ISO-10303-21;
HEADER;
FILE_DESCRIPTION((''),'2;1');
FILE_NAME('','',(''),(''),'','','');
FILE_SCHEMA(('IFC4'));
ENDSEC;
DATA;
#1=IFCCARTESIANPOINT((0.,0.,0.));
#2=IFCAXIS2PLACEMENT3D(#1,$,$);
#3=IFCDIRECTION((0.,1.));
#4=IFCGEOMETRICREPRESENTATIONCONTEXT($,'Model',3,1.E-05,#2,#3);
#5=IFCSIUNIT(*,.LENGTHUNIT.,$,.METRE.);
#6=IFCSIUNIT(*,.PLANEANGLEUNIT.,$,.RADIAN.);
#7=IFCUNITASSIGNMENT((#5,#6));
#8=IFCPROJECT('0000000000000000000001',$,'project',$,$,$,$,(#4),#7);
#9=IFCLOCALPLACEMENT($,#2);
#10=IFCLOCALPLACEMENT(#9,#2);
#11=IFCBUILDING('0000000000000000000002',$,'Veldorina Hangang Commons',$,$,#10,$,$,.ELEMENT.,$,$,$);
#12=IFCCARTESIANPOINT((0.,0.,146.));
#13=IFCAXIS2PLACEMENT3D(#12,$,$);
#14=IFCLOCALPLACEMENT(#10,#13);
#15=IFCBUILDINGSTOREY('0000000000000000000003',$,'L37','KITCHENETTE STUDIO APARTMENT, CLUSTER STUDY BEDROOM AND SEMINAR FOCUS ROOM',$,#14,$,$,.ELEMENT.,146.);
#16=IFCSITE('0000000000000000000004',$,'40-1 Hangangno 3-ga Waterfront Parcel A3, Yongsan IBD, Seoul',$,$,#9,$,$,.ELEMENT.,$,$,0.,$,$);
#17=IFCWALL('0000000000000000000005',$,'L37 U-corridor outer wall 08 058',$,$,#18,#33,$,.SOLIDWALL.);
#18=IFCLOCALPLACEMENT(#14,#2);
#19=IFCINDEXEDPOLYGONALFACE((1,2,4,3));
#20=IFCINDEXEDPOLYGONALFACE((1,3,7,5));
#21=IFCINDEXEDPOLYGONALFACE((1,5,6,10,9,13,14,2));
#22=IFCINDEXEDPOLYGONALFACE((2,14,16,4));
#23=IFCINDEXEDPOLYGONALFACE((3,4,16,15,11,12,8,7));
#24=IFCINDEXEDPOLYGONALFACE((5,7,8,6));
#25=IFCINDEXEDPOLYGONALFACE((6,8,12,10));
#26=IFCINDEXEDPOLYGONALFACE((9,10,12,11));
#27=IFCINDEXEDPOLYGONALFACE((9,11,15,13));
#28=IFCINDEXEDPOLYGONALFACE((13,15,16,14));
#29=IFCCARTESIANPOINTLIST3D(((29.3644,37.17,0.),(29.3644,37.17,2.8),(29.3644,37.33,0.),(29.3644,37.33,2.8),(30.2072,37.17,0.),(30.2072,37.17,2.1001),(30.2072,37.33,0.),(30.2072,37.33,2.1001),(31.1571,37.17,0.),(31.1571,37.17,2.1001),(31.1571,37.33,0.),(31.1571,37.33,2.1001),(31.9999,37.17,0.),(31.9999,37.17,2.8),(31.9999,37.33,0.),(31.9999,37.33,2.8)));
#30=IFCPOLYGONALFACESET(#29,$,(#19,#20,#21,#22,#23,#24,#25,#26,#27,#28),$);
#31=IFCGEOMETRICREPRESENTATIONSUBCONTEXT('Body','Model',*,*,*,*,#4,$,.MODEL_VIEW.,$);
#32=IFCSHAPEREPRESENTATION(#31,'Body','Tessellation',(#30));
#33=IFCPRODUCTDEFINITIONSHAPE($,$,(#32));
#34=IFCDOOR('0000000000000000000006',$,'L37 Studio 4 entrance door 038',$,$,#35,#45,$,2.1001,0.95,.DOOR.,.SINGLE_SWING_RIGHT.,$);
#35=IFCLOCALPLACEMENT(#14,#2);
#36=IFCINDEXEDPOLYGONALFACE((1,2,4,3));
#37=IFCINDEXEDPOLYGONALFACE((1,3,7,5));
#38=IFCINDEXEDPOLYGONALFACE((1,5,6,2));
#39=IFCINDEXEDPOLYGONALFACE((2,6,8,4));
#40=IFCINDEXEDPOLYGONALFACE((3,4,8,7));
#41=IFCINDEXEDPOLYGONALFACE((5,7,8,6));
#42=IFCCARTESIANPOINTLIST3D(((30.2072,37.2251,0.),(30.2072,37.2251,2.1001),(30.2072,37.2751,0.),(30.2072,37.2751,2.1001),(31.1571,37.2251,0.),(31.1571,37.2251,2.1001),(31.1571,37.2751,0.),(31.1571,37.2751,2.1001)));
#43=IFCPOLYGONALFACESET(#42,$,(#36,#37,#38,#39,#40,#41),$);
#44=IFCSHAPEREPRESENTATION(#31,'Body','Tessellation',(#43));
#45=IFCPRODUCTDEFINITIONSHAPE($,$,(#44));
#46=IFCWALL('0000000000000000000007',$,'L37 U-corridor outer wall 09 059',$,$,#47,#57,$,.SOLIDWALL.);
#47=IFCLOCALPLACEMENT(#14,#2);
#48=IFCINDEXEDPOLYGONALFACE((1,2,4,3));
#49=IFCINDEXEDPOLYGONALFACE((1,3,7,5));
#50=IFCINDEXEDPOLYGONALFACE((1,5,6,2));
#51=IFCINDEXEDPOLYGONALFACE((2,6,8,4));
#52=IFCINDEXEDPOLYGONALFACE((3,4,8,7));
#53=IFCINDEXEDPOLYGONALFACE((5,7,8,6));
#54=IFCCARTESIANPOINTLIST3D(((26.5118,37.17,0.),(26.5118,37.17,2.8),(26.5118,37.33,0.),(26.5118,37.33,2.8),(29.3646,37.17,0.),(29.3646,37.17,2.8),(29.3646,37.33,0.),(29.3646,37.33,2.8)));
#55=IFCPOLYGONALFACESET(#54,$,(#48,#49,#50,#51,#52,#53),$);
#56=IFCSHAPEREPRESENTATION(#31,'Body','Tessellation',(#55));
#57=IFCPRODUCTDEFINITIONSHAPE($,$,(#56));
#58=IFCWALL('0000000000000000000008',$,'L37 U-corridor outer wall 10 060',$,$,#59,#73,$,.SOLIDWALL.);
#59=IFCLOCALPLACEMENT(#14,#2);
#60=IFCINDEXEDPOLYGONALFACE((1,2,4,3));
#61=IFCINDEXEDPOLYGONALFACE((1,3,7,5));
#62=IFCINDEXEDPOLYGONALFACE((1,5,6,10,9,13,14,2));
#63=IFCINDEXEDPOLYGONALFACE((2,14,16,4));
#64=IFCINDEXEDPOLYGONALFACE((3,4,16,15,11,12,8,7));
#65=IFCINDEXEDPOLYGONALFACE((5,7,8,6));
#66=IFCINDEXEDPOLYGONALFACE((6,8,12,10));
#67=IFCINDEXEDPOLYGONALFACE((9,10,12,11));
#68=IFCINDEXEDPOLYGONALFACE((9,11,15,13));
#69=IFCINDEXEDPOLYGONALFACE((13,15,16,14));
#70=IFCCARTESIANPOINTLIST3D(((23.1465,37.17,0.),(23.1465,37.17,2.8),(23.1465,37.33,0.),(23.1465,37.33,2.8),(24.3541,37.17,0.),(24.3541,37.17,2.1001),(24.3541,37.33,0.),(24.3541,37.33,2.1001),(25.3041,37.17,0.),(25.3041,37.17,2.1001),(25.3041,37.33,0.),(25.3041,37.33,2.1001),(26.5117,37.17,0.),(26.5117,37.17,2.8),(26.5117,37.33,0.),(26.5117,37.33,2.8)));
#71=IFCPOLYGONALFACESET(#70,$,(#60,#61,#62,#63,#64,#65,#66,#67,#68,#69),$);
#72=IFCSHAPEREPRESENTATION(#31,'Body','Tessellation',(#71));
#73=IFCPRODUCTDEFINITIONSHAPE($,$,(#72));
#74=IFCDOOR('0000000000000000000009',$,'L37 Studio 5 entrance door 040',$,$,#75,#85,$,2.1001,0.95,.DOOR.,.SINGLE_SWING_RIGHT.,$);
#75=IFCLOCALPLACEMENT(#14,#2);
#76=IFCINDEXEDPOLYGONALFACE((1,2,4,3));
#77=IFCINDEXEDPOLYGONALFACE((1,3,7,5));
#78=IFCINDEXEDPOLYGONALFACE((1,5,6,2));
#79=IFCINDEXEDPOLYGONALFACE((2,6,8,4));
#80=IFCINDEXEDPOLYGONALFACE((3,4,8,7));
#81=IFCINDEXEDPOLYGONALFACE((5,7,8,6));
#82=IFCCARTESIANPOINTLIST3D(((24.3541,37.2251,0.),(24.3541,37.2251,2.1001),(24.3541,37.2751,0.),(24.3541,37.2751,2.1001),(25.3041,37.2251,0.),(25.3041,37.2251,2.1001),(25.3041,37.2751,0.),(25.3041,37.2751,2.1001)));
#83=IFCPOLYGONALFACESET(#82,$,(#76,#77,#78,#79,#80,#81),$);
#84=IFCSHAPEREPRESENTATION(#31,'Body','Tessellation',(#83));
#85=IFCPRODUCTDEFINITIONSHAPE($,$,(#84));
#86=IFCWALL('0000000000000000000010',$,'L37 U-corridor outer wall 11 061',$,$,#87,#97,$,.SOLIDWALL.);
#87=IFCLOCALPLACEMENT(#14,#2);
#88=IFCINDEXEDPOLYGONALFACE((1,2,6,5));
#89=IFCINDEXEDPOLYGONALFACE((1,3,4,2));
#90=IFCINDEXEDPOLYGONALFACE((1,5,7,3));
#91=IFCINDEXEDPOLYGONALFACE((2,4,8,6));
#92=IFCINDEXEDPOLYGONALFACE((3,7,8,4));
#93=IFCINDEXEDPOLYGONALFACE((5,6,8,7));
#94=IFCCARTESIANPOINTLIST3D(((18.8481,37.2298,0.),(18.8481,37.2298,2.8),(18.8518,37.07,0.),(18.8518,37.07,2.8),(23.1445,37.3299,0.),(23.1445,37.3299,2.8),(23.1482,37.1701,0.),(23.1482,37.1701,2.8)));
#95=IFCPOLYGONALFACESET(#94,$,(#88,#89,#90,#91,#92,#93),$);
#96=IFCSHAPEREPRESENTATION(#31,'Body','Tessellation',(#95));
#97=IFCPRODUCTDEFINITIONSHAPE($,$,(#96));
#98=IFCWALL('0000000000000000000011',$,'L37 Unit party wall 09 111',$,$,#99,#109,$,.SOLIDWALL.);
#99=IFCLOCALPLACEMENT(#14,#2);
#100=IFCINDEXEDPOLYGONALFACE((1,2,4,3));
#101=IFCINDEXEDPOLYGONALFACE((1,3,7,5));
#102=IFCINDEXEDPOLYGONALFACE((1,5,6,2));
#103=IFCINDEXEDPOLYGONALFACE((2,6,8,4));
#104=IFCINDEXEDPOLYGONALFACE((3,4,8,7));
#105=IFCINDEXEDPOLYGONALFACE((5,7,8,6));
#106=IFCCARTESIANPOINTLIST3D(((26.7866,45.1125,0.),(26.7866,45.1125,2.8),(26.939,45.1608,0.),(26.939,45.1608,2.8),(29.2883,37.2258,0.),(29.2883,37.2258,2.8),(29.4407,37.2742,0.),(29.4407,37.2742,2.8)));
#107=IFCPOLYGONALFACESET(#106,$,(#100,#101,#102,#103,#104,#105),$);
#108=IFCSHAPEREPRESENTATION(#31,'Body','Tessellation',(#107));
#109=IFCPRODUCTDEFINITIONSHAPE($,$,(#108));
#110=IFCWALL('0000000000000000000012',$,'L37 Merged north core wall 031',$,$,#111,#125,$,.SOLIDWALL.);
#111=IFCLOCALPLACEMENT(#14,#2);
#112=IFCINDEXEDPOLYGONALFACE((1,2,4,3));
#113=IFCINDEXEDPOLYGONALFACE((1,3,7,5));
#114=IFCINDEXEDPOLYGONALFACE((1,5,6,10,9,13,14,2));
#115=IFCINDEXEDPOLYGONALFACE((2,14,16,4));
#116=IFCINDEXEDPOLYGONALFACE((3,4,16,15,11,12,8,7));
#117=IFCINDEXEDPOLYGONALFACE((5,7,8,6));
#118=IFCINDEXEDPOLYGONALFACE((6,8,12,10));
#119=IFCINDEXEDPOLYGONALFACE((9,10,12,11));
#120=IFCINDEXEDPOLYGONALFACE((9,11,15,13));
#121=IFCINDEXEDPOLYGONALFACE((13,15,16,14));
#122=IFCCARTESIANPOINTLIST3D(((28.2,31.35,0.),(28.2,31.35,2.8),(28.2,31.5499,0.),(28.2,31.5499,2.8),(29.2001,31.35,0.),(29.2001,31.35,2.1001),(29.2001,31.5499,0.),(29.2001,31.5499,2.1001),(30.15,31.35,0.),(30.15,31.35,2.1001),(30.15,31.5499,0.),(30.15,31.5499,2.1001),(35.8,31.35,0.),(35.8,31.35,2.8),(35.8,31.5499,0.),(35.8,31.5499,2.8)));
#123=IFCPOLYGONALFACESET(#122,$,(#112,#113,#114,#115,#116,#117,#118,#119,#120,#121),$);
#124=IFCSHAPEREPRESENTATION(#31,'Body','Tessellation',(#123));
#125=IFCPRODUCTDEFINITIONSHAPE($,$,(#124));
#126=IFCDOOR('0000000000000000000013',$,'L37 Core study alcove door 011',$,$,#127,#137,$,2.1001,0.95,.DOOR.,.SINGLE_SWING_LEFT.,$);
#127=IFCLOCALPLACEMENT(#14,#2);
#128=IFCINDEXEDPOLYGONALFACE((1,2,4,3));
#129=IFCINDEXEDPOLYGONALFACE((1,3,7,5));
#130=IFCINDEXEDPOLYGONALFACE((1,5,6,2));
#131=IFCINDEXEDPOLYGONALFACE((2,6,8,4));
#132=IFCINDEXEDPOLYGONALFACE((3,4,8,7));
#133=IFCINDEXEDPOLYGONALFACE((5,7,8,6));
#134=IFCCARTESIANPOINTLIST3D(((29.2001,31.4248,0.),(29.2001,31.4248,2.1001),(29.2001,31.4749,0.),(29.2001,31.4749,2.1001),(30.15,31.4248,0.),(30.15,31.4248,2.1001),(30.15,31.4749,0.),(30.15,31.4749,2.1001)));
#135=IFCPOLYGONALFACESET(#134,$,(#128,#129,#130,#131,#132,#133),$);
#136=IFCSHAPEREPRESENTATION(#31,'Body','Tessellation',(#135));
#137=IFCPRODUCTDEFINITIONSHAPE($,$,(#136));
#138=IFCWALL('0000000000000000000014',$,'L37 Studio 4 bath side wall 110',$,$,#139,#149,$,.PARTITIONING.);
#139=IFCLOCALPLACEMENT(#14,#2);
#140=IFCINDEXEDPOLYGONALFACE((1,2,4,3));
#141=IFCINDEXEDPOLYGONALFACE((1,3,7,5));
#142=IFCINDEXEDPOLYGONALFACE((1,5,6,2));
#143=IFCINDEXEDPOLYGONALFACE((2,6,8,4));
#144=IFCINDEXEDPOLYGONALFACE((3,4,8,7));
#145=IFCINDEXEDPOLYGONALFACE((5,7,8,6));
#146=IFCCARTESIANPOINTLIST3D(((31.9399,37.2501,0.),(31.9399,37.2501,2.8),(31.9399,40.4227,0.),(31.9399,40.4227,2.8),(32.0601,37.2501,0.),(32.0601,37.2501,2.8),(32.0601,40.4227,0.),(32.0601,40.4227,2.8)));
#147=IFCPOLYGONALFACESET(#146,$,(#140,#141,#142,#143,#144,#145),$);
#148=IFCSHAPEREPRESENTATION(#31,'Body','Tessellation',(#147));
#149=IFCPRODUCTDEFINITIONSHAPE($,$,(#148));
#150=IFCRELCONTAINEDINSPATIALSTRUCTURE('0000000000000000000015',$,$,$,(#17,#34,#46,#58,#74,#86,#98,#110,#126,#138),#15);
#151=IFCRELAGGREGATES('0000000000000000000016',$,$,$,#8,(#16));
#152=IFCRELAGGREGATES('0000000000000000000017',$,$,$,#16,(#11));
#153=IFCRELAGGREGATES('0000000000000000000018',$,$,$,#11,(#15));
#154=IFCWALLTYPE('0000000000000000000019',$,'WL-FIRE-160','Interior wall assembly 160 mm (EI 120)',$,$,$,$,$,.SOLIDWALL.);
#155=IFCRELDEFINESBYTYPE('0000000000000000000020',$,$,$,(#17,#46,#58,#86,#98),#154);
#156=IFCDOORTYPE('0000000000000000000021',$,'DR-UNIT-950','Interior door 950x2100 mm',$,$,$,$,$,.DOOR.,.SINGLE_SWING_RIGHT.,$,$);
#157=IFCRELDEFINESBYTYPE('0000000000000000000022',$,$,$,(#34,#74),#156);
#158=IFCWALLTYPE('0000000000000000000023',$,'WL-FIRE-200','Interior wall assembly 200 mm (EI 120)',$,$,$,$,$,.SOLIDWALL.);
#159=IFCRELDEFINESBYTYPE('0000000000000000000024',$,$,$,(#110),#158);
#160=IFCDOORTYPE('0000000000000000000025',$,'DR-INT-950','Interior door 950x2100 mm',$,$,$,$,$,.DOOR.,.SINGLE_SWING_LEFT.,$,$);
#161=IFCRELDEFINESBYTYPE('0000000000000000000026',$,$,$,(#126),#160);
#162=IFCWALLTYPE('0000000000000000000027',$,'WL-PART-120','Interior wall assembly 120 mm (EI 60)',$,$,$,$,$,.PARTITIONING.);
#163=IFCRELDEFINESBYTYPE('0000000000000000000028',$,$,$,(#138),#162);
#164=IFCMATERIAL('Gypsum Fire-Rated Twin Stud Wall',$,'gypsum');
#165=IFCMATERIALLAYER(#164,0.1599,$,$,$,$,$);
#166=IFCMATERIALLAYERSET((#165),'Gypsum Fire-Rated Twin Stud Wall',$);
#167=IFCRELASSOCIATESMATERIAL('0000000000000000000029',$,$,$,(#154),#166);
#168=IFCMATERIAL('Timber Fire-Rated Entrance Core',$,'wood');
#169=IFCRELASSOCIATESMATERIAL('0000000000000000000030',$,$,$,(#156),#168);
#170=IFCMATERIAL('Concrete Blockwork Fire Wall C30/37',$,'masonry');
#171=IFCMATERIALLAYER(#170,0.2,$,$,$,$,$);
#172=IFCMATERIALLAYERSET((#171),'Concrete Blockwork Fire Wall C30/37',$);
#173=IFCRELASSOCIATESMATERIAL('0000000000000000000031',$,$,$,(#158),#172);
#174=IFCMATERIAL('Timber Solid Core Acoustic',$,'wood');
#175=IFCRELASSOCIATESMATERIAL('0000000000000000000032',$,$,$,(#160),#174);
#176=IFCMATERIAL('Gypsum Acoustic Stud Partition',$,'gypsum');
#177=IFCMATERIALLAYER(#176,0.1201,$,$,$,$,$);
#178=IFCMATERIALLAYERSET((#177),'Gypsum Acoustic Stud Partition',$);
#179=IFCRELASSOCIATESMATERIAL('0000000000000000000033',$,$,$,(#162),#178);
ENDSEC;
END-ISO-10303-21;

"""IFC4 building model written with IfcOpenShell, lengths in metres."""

from ifc_helpers import new_model, si_unit, direction, frame, frame_2d, origin, place, context, subcontext, project, spatial, rectangle, extrude, material, layer, layer_set, type_object, element, fill, save


model = new_model("IFC4")

# Units and contexts
model_context = context("Model", 3, precision=1e-05, world=origin(), true_north=direction((0.0, 1.0)))
body_context = subcontext(model_context, "Body", "Model", "MODEL_VIEW")
ifc_project = project(units=[si_unit("LENGTHUNIT", "METRE"), si_unit("PLANEANGLEUNIT", "RADIAN")], contexts=[model_context])

# Site, building, storey
site_placement = place(None, origin())
site = spatial("IfcSite", under=ifc_project, at=site_placement, Name="40-1 Hangangno 3-ga Waterfront Parcel A3, Yongsan IBD, Seoul", CompositionType="ELEMENT", RefElevation=0.0)
building_placement = place(site_placement, origin())
building = spatial("IfcBuilding", under=site, at=building_placement, Name="Veldorina Hangang Commons", CompositionType="ELEMENT")
storey_placement = place(building_placement, frame((0.0, 0.0, 146.0)))
storey = spatial("IfcBuildingStorey", under=building, at=storey_placement, Name="L37", Description="KITCHENETTE STUDIO APARTMENT, CLUSTER STUDY BEDROOM AND SEMINAR FOCUS ROOM", CompositionType="ELEMENT", Elevation=146.0)

# Wall, opening, door
ifc_material_1 = material(Name="Gypsum Fire-Rated Twin Stud Wall", Category="gypsum")
ifc_layer_1 = layer(ifc_material_1, 0.1599)
ifc_layer_set_1 = layer_set([ifc_layer_1], Name="Gypsum Fire-Rated Twin Stud Wall")
wall_type_1 = type_object("IfcWallType", Name="WL-FIRE-160", Description="Interior wall assembly 160 mm (EI 120)", PredefinedType="SOLIDWALL", material=ifc_layer_set_1)
wall_1_placement = place(storey_placement, frame((32.0, 37.25, 0.0), z_axis=(0.0, 0.0, 1.0), x_axis=(-1.0, 0.0, 0.0)))
wall_1 = element("IfcWall", 1, at=wall_1_placement, inside=storey, type_object=wall_type_1, Name="L37 U-corridor outer wall 08 058", PredefinedType="SOLIDWALL", context=body_context, shape_type="SweptSolid", body=[
    extrude(rectangle(XDim=2.6355, YDim=0.1599, at=frame_2d((1.3179, 0.0))), origin(), (0.0, 0.0, 1.0), 2.8),
])
opening_1_placement = place(wall_1_placement, frame((0.8428, 0.0, 0.0)))
opening_1 = element("IfcOpeningElement", 2, at=opening_1_placement, cuts=wall_1, PredefinedType="OPENING", context=body_context, shape_type="SweptSolid", body=[
    extrude(rectangle(XDim=0.95, YDim=2.1001, at=frame_2d((0.4751, 1.05))), frame((0.0, 0.0898, 0.0), z_axis=(0.0, -1.0, 0.0), x_axis=(1.0, 0.0, 0.0)), (0.0, 0.0, 1.0), 0.1799),
])
ifc_material_2 = material(Name="Timber Fire-Rated Entrance Core", Category="wood")
door_type_1 = type_object("IfcDoorType", Name="DR-UNIT-950", Description="Interior door 950x2100 mm", OperationType="SINGLE_SWING_RIGHT", PredefinedType="DOOR", material=ifc_material_2)
door_1_placement = place(opening_1_placement, origin())
door_1 = element("IfcDoor", 3, at=door_1_placement, inside=storey, type_object=door_type_1, Name="L37 Studio 4 entrance door 038", OperationType="SINGLE_SWING_RIGHT", OverallHeight=2.1001, OverallWidth=0.95, PredefinedType="DOOR", context=body_context, shape_type="SweptSolid", body=[
    extrude(rectangle(XDim=0.95, YDim=2.1001, at=frame_2d((0.4751, 1.05))), frame((0.0, 0.0249, 0.0), z_axis=(0.0, -1.0, 0.0), x_axis=(1.0, 0.0, 0.0)), (0.0, 0.0, 1.0), 0.05),
])
fill(opening_1, door_1)

# Wall
wall_2_placement = place(storey_placement, frame((29.3645, 37.25, 0.0), z_axis=(0.0, 0.0, 1.0), x_axis=(-1.0, 0.0, 0.0)))
element("IfcWall", 4, at=wall_2_placement, inside=storey, type_object=wall_type_1, Name="L37 U-corridor outer wall 09 059", PredefinedType="SOLIDWALL", context=body_context, shape_type="SweptSolid", body=[
    extrude(rectangle(XDim=2.8528, YDim=0.1599, at=frame_2d((1.4263, 0.0))), origin(), (0.0, 0.0, 1.0), 2.8),
])

# Wall, opening, door
wall_3_placement = place(storey_placement, frame((26.5117, 37.25, 0.0), z_axis=(0.0, 0.0, 1.0), x_axis=(-1.0, 0.0, 0.0)))
wall_3 = element("IfcWall", 5, at=wall_3_placement, inside=storey, type_object=wall_type_1, Name="L37 U-corridor outer wall 10 060", PredefinedType="SOLIDWALL", context=body_context, shape_type="SweptSolid", body=[
    extrude(rectangle(XDim=3.3652, YDim=0.1599, at=frame_2d((1.6826, 0.0))), origin(), (0.0, 0.0, 1.0), 2.8),
])
opening_2_placement = place(wall_3_placement, frame((1.2075, 0.0, 0.0)))
opening_2 = element("IfcOpeningElement", 6, at=opening_2_placement, cuts=wall_3, PredefinedType="OPENING", context=body_context, shape_type="SweptSolid", body=[
    extrude(rectangle(XDim=0.95, YDim=2.1001, at=frame_2d((0.4751, 1.05))), frame((0.0, 0.0898, 0.0), z_axis=(0.0, -1.0, 0.0), x_axis=(1.0, 0.0, 0.0)), (0.0, 0.0, 1.0), 0.1799),
])
door_2_placement = place(opening_2_placement, origin())
door_2 = element("IfcDoor", 7, at=door_2_placement, inside=storey, type_object=door_type_1, Name="L37 Studio 5 entrance door 040", OperationType="SINGLE_SWING_RIGHT", OverallHeight=2.1001, OverallWidth=0.95, PredefinedType="DOOR", context=body_context, shape_type="SweptSolid", body=[
    extrude(rectangle(XDim=0.95, YDim=2.1001, at=frame_2d((0.4751, 1.05))), frame((0.0, 0.0249, 0.0), z_axis=(0.0, -1.0, 0.0), x_axis=(1.0, 0.0, 0.0)), (0.0, 0.0, 1.0), 0.05),
])
fill(opening_2, door_2)

# Walls
wall_4_placement = place(storey_placement, frame((23.1465, 37.25, 0.0), z_axis=(0.0, 0.0, 1.0), x_axis=(-0.999729, -0.023292, 0.0)))
element("IfcWall", 8, at=wall_4_placement, inside=storey, type_object=wall_type_1, Name="L37 U-corridor outer wall 11 061", PredefinedType="SOLIDWALL", context=body_context, shape_type="SweptSolid", body=[
    extrude(rectangle(XDim=4.2976, YDim=0.1599, at=frame_2d((2.1489, 0.0))), origin(), (0.0, 0.0, 1.0), 2.8),
])
wall_5_placement = place(storey_placement, frame((29.3645, 37.25, 0.0), z_axis=(0.0, 0.0, 1.0), x_axis=(-0.302358, 0.953194, 0.0)))
element("IfcWall", 9, at=wall_5_placement, inside=storey, type_object=wall_type_1, Name="L37 Unit party wall 09 111", PredefinedType="SOLIDWALL", context=body_context, shape_type="SweptSolid", body=[
    extrude(rectangle(XDim=8.2739, YDim=0.1599, at=frame_2d((4.137, 0.0))), origin(), (0.0, 0.0, 1.0), 2.8),
])

# Wall, opening, door
ifc_material_3 = material(Name="Concrete Blockwork Fire Wall C30/37", Category="masonry")
ifc_layer_2 = layer(ifc_material_3, 0.2)
ifc_layer_set_2 = layer_set([ifc_layer_2], Name="Concrete Blockwork Fire Wall C30/37")
wall_type_2 = type_object("IfcWallType", Name="WL-FIRE-200", Description="Interior wall assembly 200 mm (EI 120)", PredefinedType="SOLIDWALL", material=ifc_layer_set_2)
wall_6_placement = place(storey_placement, frame((28.2, 31.45, 0.0), z_axis=(0.0, 0.0, 1.0), x_axis=(1.0, 0.0, 0.0)))
wall_6 = element("IfcWall", 10, at=wall_6_placement, inside=storey, type_object=wall_type_2, Name="L37 Merged north core wall 031", PredefinedType="SOLIDWALL", context=body_context, shape_type="SweptSolid", body=[
    extrude(rectangle(XDim=7.6001, YDim=0.2, at=frame_2d((3.8, 0.0))), origin(), (0.0, 0.0, 1.0), 2.8),
])
opening_3_placement = place(wall_6_placement, frame((1.0, 0.0, 0.0)))
opening_3 = element("IfcOpeningElement", 11, at=opening_3_placement, cuts=wall_6, PredefinedType="OPENING", context=body_context, shape_type="SweptSolid", body=[
    extrude(rectangle(XDim=0.95, YDim=2.1001, at=frame_2d((0.4751, 1.05))), frame((0.0, 0.1099, 0.0), z_axis=(0.0, -1.0, 0.0), x_axis=(1.0, 0.0, 0.0)), (0.0, 0.0, 1.0), 0.22),
])
ifc_material_4 = material(Name="Timber Solid Core Acoustic", Category="wood")
door_type_2 = type_object("IfcDoorType", Name="DR-INT-950", Description="Interior door 950x2100 mm", OperationType="SINGLE_SWING_LEFT", PredefinedType="DOOR", material=ifc_material_4)
door_3_placement = place(opening_3_placement, origin())
door_3 = element("IfcDoor", 12, at=door_3_placement, inside=storey, type_object=door_type_2, Name="L37 Core study alcove door 011", OperationType="SINGLE_SWING_LEFT", OverallHeight=2.1001, OverallWidth=0.95, PredefinedType="DOOR", context=body_context, shape_type="SweptSolid", body=[
    extrude(rectangle(XDim=0.95, YDim=2.1001, at=frame_2d((0.4751, 1.05))), frame((0.0, 0.0249, 0.0), z_axis=(0.0, -1.0, 0.0), x_axis=(1.0, 0.0, 0.0)), (0.0, 0.0, 1.0), 0.05),
])
fill(opening_3, door_3)

# Wall
ifc_material_5 = material(Name="Gypsum Acoustic Stud Partition", Category="gypsum")
ifc_layer_3 = layer(ifc_material_5, 0.1201)
ifc_layer_set_3 = layer_set([ifc_layer_3], Name="Gypsum Acoustic Stud Partition")
wall_type_3 = type_object("IfcWallType", Name="WL-PART-120", Description="Interior wall assembly 120 mm (EI 60)", PredefinedType="PARTITIONING", material=ifc_layer_set_3)
wall_7_placement = place(storey_placement, frame((32.0, 37.25, 0.0), z_axis=(0.0, 0.0, 1.0), x_axis=(0.0, 1.0, 0.0)))
element("IfcWall", 13, at=wall_7_placement, inside=storey, type_object=wall_type_3, Name="L37 Studio 4 bath side wall 110", PredefinedType="PARTITIONING", context=body_context, shape_type="SweptSolid", body=[
    extrude(rectangle(XDim=3.1726, YDim=0.1201, at=frame_2d((1.5864, 0.0))), origin(), (0.0, 0.0, 1.0), 2.8),
])

save(model, "model.ifc")
